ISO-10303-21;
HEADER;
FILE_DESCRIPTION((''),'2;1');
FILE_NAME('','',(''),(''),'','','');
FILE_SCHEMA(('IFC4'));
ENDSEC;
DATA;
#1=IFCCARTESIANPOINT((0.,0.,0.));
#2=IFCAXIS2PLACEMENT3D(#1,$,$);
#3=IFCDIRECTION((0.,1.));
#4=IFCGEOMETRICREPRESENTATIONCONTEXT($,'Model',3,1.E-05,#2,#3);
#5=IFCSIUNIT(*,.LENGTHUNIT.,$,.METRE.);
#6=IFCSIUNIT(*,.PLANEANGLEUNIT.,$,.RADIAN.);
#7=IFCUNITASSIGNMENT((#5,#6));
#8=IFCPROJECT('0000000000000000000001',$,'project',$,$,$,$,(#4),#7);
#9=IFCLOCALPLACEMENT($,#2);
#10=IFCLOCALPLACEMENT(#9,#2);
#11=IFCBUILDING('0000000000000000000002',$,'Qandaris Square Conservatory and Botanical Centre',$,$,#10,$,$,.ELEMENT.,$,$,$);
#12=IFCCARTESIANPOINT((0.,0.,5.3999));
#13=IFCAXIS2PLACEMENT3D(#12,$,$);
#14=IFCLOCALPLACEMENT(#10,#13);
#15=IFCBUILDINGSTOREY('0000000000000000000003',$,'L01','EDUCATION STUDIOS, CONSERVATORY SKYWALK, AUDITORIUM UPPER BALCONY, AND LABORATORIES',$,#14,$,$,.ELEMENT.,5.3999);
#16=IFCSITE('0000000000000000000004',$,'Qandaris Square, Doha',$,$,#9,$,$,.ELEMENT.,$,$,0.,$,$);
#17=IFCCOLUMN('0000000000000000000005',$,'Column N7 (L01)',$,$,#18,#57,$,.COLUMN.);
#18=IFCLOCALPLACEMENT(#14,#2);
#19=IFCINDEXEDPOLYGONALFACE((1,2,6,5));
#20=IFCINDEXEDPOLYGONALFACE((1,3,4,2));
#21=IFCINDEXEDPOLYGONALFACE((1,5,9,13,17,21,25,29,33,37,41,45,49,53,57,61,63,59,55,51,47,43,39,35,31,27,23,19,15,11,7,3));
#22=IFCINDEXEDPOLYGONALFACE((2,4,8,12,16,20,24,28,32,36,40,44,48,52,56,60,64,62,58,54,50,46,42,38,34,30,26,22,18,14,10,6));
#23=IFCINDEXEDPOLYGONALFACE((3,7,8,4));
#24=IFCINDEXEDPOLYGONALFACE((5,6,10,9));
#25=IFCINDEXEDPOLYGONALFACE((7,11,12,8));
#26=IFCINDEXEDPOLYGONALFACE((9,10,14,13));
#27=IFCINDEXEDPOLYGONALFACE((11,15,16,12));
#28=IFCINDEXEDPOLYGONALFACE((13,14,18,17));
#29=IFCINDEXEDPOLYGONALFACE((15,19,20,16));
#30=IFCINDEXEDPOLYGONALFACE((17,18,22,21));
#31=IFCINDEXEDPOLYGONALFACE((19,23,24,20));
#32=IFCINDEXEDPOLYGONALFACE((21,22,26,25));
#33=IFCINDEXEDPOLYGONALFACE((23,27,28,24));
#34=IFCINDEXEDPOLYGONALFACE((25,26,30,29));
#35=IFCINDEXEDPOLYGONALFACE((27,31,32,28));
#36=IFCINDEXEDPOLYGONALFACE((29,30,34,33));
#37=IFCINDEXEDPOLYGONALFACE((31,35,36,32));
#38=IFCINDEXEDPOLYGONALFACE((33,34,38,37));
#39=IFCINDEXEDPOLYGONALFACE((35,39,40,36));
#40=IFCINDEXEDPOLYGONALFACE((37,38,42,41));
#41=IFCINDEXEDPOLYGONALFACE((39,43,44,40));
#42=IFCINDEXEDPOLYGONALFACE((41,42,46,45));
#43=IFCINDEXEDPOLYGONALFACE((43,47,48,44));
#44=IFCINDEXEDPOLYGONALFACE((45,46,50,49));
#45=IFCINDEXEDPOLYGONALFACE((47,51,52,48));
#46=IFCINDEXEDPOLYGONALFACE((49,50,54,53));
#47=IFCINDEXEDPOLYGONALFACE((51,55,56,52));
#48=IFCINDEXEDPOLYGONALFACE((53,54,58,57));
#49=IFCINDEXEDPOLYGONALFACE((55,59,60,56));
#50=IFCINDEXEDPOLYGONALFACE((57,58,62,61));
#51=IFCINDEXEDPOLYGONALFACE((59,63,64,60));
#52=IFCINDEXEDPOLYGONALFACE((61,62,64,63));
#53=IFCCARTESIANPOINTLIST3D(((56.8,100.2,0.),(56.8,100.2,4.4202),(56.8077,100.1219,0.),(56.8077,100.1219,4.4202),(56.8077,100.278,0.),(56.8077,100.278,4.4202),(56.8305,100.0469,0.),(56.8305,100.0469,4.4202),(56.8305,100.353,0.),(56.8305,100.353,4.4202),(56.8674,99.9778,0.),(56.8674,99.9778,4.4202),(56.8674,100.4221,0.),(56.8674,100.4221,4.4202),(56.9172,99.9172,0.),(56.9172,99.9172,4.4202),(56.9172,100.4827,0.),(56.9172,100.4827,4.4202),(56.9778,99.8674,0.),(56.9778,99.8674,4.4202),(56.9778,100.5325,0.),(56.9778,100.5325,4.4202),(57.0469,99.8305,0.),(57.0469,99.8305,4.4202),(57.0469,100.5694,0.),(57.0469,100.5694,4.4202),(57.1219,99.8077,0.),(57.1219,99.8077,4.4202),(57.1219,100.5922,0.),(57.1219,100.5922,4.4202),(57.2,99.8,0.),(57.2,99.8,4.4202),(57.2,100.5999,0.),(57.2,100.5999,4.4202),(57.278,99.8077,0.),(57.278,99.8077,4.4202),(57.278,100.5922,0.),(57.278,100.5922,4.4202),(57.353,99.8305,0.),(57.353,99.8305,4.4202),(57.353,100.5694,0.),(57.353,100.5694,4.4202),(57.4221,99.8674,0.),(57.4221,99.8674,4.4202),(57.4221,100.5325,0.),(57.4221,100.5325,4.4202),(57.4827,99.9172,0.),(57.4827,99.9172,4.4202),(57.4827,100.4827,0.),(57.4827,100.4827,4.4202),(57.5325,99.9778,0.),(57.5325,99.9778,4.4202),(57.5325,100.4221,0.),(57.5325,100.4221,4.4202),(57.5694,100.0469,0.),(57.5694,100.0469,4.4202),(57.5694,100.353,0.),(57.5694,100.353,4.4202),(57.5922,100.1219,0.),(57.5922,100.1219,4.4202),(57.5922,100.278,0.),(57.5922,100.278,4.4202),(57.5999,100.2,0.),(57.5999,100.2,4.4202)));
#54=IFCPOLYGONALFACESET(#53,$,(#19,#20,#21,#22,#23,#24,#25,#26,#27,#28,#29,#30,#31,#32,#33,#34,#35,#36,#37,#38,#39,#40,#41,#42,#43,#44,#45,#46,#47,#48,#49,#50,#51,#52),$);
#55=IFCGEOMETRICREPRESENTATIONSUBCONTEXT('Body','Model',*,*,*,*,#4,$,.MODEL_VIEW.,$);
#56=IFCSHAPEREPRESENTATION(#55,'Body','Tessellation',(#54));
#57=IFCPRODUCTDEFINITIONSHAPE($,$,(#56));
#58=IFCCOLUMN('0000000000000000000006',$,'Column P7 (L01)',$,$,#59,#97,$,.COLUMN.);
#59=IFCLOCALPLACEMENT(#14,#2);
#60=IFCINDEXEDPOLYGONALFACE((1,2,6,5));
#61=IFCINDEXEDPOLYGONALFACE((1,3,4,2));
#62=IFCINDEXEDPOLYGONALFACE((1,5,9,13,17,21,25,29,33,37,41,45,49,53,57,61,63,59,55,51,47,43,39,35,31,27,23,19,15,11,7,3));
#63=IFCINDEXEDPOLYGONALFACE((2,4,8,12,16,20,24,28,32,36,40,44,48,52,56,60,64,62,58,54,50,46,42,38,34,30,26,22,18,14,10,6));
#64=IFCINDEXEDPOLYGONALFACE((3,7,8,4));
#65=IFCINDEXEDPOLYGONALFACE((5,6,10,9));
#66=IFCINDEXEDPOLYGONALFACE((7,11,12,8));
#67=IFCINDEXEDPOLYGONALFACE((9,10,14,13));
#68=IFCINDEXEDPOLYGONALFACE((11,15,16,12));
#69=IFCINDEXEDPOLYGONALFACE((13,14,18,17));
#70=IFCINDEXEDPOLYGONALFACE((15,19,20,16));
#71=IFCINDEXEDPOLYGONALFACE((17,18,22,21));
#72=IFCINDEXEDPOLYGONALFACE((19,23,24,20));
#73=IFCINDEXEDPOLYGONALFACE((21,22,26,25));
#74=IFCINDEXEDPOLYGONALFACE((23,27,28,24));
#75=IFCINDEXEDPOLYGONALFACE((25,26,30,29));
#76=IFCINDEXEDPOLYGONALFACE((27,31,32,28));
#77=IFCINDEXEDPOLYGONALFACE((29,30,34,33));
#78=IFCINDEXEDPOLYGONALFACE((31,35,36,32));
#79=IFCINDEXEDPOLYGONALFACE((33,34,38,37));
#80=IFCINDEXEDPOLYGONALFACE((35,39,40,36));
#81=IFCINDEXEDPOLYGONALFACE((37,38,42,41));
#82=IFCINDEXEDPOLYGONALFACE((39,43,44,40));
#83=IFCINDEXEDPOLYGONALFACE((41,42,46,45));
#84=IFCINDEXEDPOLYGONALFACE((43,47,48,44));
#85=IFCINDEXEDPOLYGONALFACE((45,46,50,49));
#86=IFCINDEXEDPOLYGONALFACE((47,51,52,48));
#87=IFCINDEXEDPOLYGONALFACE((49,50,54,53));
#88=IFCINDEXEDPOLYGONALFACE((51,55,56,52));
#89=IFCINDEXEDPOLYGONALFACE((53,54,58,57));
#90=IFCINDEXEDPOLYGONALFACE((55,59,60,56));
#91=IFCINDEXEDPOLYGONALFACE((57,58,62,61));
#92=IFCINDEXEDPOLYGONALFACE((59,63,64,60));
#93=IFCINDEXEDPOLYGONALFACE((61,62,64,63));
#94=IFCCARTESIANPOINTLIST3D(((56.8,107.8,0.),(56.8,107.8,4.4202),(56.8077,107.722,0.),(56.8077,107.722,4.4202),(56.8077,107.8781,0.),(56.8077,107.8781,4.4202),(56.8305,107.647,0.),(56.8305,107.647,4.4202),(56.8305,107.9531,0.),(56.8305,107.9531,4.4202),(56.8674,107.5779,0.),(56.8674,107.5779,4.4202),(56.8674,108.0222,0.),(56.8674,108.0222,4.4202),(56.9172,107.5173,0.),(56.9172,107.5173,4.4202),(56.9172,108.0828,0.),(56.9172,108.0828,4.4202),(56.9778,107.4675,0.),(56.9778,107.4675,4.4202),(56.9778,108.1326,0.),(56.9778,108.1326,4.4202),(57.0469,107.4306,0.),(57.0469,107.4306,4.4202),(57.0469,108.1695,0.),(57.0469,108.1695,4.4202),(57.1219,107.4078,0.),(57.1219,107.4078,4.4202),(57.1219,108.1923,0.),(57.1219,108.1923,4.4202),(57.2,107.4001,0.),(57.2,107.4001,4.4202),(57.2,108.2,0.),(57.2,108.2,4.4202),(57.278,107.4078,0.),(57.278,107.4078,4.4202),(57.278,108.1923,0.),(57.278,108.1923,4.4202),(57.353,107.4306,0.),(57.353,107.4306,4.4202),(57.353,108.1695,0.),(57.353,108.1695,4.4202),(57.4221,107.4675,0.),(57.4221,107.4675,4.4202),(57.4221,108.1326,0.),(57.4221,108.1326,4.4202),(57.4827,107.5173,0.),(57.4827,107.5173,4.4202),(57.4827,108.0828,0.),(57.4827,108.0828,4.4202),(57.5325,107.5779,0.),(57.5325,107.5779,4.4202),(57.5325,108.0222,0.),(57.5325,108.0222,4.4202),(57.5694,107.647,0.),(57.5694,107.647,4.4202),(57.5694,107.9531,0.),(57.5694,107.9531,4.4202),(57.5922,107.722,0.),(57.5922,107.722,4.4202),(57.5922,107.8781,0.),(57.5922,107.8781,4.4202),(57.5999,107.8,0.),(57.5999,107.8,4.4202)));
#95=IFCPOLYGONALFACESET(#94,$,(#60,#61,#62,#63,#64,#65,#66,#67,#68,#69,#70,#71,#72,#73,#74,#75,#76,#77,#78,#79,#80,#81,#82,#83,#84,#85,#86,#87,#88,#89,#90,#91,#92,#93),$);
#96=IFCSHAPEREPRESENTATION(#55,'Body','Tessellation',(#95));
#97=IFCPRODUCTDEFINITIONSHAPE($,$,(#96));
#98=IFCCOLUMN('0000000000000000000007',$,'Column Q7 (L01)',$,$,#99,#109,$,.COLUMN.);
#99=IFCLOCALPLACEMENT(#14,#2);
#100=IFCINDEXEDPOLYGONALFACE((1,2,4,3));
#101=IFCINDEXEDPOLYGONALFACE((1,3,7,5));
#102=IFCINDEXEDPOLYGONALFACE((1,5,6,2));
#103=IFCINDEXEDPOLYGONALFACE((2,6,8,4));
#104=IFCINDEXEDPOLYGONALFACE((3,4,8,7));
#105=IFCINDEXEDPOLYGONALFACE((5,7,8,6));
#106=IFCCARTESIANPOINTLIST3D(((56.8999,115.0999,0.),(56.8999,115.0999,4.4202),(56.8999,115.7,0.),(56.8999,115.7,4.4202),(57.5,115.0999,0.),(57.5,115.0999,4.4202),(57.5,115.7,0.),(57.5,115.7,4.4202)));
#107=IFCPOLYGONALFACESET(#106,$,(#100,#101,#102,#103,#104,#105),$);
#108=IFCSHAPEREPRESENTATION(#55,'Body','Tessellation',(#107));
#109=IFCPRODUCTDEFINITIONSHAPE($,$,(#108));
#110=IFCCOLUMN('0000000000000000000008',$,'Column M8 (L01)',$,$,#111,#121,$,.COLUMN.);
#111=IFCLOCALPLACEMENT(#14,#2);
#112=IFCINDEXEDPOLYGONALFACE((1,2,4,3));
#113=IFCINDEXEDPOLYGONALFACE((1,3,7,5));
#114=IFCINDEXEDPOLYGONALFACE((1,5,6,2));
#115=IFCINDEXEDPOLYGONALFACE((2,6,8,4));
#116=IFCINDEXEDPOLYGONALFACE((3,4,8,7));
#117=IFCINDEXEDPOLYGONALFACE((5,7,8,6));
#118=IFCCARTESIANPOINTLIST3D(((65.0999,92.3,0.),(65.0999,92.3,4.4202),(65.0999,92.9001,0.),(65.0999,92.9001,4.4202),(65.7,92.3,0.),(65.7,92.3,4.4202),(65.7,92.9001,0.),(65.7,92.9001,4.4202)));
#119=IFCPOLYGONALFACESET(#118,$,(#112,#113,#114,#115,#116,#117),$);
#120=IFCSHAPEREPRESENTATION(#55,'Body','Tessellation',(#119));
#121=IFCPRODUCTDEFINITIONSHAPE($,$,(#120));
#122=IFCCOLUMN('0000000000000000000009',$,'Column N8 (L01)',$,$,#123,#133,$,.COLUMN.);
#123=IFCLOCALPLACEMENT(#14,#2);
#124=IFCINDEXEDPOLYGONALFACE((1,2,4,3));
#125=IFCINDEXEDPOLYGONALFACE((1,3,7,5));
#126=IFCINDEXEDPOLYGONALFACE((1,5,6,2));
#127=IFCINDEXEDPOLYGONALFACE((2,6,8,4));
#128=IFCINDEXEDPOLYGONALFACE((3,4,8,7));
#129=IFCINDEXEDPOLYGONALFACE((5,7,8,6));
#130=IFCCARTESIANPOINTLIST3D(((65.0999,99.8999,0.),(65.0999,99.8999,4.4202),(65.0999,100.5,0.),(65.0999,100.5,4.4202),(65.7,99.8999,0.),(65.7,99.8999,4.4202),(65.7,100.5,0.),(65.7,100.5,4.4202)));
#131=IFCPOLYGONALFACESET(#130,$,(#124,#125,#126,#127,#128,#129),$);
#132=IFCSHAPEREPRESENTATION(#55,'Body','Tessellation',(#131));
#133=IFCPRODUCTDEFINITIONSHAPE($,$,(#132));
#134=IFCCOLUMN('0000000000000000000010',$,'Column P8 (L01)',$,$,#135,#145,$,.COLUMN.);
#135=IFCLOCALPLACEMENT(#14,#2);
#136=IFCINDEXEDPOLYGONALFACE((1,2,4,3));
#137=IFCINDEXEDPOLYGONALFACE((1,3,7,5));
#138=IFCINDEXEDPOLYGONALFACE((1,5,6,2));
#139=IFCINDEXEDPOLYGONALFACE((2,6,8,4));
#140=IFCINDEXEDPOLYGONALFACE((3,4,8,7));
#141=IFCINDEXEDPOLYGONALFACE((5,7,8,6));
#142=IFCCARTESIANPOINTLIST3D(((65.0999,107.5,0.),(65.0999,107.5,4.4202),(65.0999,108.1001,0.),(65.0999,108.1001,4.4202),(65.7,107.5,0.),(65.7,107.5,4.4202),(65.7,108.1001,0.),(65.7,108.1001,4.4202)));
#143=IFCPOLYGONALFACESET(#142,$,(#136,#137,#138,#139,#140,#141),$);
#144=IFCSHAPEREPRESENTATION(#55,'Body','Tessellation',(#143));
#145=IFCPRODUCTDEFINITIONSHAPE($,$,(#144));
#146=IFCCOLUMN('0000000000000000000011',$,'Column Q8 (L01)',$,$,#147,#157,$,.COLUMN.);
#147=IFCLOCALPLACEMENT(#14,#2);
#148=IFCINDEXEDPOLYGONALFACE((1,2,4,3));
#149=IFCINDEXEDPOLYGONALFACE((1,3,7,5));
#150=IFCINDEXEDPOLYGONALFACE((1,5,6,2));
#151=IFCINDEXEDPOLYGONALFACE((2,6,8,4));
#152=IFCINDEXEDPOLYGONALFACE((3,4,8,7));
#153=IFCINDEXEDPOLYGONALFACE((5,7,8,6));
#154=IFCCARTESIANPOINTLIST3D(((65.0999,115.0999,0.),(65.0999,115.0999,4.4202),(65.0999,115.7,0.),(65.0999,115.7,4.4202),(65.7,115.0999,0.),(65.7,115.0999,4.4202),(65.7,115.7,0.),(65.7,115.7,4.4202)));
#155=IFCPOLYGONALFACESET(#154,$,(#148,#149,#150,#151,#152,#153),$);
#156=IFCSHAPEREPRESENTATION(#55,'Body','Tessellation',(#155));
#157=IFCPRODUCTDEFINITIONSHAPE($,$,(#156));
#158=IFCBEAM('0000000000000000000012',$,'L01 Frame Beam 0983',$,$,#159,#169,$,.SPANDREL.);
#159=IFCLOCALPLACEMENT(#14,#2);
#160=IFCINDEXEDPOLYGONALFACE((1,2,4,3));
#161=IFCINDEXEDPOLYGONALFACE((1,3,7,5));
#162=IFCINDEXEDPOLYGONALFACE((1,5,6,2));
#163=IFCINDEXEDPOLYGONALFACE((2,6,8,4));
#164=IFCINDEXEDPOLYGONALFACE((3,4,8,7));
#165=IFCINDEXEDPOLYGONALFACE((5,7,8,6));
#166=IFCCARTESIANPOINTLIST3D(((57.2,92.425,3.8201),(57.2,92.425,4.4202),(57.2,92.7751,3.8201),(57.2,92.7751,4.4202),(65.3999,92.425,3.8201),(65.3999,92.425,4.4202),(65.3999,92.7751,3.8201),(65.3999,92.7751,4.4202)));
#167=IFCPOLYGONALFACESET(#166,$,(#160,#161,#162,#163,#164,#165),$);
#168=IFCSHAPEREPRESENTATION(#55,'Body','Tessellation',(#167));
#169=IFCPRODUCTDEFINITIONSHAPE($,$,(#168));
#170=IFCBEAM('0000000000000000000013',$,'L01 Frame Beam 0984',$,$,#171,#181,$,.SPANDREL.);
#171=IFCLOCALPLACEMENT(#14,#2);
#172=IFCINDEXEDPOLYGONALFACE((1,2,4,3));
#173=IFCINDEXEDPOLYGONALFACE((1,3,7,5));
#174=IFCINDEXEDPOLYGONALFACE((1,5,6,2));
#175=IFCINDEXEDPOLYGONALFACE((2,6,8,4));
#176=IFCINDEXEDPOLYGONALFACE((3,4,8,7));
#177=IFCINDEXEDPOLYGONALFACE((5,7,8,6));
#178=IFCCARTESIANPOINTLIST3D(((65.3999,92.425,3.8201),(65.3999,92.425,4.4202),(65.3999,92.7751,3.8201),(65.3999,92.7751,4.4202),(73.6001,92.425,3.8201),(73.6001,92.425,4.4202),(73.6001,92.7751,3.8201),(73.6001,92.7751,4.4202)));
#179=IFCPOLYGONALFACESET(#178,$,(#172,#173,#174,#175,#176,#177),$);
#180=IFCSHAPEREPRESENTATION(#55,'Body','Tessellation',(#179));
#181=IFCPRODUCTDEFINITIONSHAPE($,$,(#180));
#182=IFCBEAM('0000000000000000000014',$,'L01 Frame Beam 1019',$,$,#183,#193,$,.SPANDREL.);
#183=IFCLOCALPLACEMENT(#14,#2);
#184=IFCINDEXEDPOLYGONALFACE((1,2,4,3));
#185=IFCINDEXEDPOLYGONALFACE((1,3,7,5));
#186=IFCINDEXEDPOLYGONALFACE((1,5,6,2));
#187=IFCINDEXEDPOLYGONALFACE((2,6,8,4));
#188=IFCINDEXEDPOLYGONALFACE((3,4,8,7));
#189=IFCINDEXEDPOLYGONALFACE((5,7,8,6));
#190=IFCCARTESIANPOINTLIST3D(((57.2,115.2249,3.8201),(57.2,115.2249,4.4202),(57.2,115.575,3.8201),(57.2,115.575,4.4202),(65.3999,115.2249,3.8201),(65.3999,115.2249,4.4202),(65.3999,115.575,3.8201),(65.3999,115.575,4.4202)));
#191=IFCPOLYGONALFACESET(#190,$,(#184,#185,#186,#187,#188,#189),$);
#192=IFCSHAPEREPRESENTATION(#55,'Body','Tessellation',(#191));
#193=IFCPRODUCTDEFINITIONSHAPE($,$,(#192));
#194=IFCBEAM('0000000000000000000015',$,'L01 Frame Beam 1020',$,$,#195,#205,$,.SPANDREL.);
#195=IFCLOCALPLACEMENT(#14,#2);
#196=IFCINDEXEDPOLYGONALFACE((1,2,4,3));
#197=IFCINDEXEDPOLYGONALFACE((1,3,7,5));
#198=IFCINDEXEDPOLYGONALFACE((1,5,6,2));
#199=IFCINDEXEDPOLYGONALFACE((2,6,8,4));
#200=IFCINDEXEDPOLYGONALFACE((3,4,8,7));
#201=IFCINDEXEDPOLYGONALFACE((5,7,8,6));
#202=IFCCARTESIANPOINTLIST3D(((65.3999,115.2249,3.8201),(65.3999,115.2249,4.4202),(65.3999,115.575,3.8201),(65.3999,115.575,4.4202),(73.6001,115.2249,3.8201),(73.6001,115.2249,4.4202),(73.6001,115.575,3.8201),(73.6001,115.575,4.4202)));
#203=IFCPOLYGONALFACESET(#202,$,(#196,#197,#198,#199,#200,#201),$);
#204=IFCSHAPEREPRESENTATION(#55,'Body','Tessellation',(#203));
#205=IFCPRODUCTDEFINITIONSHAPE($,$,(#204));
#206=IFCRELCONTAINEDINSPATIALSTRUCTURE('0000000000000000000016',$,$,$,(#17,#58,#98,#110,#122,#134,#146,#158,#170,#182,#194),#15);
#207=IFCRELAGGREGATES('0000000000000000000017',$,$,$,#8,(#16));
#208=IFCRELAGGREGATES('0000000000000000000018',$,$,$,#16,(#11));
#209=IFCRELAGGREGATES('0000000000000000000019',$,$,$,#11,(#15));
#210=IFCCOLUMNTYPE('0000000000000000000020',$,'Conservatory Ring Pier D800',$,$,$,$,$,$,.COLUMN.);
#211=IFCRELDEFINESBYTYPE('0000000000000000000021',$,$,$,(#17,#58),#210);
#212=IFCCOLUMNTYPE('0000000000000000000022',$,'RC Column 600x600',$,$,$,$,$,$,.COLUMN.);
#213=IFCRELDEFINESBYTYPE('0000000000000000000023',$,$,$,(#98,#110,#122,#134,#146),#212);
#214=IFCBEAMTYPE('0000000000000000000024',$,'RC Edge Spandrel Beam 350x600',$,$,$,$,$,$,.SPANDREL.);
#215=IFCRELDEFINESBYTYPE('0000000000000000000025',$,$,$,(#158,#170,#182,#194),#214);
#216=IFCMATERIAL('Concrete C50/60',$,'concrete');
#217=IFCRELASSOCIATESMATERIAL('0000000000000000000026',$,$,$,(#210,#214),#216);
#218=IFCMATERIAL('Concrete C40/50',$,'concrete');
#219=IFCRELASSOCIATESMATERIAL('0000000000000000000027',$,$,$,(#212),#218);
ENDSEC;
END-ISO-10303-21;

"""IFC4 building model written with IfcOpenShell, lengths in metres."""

from ifc_helpers import new_model, si_unit, direction, frame, origin, origin_2d, place, context, subcontext, project, spatial, rectangle, circle, extrude, material, material_profile, profile_set, type_object, element, save


model = new_model("IFC4")

# Units and contexts
model_context = context("Model", 3, precision=1e-05, world=origin(), true_north=direction((0.0, 1.0)))
body_context = subcontext(model_context, "Body", "Model", "MODEL_VIEW")
ifc_project = project(units=[si_unit("LENGTHUNIT", "METRE"), si_unit("PLANEANGLEUNIT", "RADIAN")], contexts=[model_context])

# Site, building, storey
site_placement = place(None, origin())
site = spatial("IfcSite", under=ifc_project, at=site_placement, Name="Qandaris Square, Doha", CompositionType="ELEMENT", RefElevation=0.0)
building_placement = place(site_placement, origin())
building = spatial("IfcBuilding", under=site, at=building_placement, Name="Qandaris Square Conservatory and Botanical Centre", CompositionType="ELEMENT")
storey_placement = place(building_placement, frame((0.0, 0.0, 5.3999)))
storey = spatial("IfcBuildingStorey", under=building, at=storey_placement, Name="L01", Description="EDUCATION STUDIOS, CONSERVATORY SKYWALK, AUDITORIUM UPPER BALCONY, AND LABORATORIES", CompositionType="ELEMENT", Elevation=5.3999)

# Columns
ifc_material_1 = material(Name="Concrete C50/60", Category="concrete")
ifc_material_profile_1 = material_profile(ifc_material_1, circle(Radius=0.3999, at=origin_2d()), Name="RC-COL D800")
ifc_profile_set_1 = profile_set([ifc_material_profile_1], Name="Concrete C50/60")
column_type_1 = type_object("IfcColumnType", Name="Conservatory Ring Pier D800", PredefinedType="COLUMN", material=ifc_profile_set_1)
for number, where, z_axis, x_axis, name in (
    (1, (57.2, 100.2, 0.0), (0.0, 0.0, 1.0), (1.0, 0.0, 0.0), "Column N7 (L01)"),
    (2, (57.2, 107.8, 0.0), (0.0, 0.0, 1.0), (1.0, 0.0, 0.0), "Column P7 (L01)"),
):
    element("IfcColumn", number, at=place(storey_placement, frame(where, z_axis=z_axis, x_axis=x_axis)), inside=storey, type_object=column_type_1, Name=name, PredefinedType="COLUMN", context=body_context, shape_type="SweptSolid", body=[
        extrude(circle(Radius=0.3999, at=origin_2d()), origin(), (0.0, 0.0, 1.0), 4.4202),
    ])
ifc_material_2 = material(Name="Concrete C40/50", Category="concrete")
ifc_material_profile_2 = material_profile(ifc_material_2, rectangle(XDim=0.6001, YDim=0.6001, at=origin_2d()), Name="RC-COL 600x600")
ifc_profile_set_2 = profile_set([ifc_material_profile_2], Name="Concrete C40/50")
column_type_2 = type_object("IfcColumnType", Name="RC Column 600x600", PredefinedType="COLUMN", material=ifc_profile_set_2)
for number, where, z_axis, x_axis, name in (
    (3, (57.2, 115.3999, 0.0), (0.0, 0.0, 1.0), (1.0, 0.0, 0.0), "Column Q7 (L01)"),
    (4, (65.3999, 92.6001, 0.0), (0.0, 0.0, 1.0), (1.0, 0.0, 0.0), "Column M8 (L01)"),
    (5, (65.3999, 100.2, 0.0), (0.0, 0.0, 1.0), (1.0, 0.0, 0.0), "Column N8 (L01)"),
    (6, (65.3999, 107.8, 0.0), (0.0, 0.0, 1.0), (1.0, 0.0, 0.0), "Column P8 (L01)"),
    (7, (65.3999, 115.3999, 0.0), (0.0, 0.0, 1.0), (1.0, 0.0, 0.0), "Column Q8 (L01)"),
):
    element("IfcColumn", number, at=place(storey_placement, frame(where, z_axis=z_axis, x_axis=x_axis)), inside=storey, type_object=column_type_2, Name=name, PredefinedType="COLUMN", context=body_context, shape_type="SweptSolid", body=[
        extrude(rectangle(XDim=0.6001, YDim=0.6001, at=origin_2d()), origin(), (0.0, 0.0, 1.0), 4.4202),
    ])

# Beams
ifc_material_profile_3 = material_profile(ifc_material_1, rectangle(XDim=0.3501, YDim=0.6001, at=origin_2d()), Name="RC-SP 350x600")
ifc_profile_set_3 = profile_set([ifc_material_profile_3], Name="Concrete C50/60")
beam_type_1 = type_object("IfcBeamType", Name="RC Edge Spandrel Beam 350x600", PredefinedType="SPANDREL", material=ifc_profile_set_3)
beam_1_placement = place(storey_placement, frame((57.2, 92.6001, 4.1201), z_axis=(1.0, 0.0, 0.0), x_axis=(0.0, 1.0, 0.0)))
element("IfcBeam", 8, at=beam_1_placement, inside=storey, type_object=beam_type_1, Name="L01 Frame Beam 0983", PredefinedType="SPANDREL", context=body_context, shape_type="SweptSolid", body=[
    extrude(rectangle(XDim=0.3501, YDim=0.6001, at=origin_2d()), origin(), (0.0, 0.0, 1.0), 8.2),
])
beam_2_placement = place(storey_placement, frame((65.3999, 92.6001, 4.1201), z_axis=(1.0, 0.0, 0.0), x_axis=(0.0, 1.0, 0.0)))
element("IfcBeam", 9, at=beam_2_placement, inside=storey, type_object=beam_type_1, Name="L01 Frame Beam 0984", PredefinedType="SPANDREL", context=body_context, shape_type="SweptSolid", body=[
    extrude(rectangle(XDim=0.3501, YDim=0.6001, at=origin_2d()), origin(), (0.0, 0.0, 1.0), 8.2002),
])
beam_3_placement = place(storey_placement, frame((57.2, 115.3999, 4.1201), z_axis=(1.0, 0.0, 0.0), x_axis=(0.0, 1.0, 0.0)))
element("IfcBeam", 10, at=beam_3_placement, inside=storey, type_object=beam_type_1, Name="L01 Frame Beam 1019", PredefinedType="SPANDREL", context=body_context, shape_type="SweptSolid", body=[
    extrude(rectangle(XDim=0.3501, YDim=0.6001, at=origin_2d()), origin(), (0.0, 0.0, 1.0), 8.2),
])
beam_4_placement = place(storey_placement, frame((65.3999, 115.3999, 4.1201), z_axis=(1.0, 0.0, 0.0), x_axis=(0.0, 1.0, 0.0)))
element("IfcBeam", 11, at=beam_4_placement, inside=storey, type_object=beam_type_1, Name="L01 Frame Beam 1020", PredefinedType="SPANDREL", context=body_context, shape_type="SweptSolid", body=[
    extrude(rectangle(XDim=0.3501, YDim=0.6001, at=origin_2d()), origin(), (0.0, 0.0, 1.0), 8.2002),
])

save(model, "model.ifc")
